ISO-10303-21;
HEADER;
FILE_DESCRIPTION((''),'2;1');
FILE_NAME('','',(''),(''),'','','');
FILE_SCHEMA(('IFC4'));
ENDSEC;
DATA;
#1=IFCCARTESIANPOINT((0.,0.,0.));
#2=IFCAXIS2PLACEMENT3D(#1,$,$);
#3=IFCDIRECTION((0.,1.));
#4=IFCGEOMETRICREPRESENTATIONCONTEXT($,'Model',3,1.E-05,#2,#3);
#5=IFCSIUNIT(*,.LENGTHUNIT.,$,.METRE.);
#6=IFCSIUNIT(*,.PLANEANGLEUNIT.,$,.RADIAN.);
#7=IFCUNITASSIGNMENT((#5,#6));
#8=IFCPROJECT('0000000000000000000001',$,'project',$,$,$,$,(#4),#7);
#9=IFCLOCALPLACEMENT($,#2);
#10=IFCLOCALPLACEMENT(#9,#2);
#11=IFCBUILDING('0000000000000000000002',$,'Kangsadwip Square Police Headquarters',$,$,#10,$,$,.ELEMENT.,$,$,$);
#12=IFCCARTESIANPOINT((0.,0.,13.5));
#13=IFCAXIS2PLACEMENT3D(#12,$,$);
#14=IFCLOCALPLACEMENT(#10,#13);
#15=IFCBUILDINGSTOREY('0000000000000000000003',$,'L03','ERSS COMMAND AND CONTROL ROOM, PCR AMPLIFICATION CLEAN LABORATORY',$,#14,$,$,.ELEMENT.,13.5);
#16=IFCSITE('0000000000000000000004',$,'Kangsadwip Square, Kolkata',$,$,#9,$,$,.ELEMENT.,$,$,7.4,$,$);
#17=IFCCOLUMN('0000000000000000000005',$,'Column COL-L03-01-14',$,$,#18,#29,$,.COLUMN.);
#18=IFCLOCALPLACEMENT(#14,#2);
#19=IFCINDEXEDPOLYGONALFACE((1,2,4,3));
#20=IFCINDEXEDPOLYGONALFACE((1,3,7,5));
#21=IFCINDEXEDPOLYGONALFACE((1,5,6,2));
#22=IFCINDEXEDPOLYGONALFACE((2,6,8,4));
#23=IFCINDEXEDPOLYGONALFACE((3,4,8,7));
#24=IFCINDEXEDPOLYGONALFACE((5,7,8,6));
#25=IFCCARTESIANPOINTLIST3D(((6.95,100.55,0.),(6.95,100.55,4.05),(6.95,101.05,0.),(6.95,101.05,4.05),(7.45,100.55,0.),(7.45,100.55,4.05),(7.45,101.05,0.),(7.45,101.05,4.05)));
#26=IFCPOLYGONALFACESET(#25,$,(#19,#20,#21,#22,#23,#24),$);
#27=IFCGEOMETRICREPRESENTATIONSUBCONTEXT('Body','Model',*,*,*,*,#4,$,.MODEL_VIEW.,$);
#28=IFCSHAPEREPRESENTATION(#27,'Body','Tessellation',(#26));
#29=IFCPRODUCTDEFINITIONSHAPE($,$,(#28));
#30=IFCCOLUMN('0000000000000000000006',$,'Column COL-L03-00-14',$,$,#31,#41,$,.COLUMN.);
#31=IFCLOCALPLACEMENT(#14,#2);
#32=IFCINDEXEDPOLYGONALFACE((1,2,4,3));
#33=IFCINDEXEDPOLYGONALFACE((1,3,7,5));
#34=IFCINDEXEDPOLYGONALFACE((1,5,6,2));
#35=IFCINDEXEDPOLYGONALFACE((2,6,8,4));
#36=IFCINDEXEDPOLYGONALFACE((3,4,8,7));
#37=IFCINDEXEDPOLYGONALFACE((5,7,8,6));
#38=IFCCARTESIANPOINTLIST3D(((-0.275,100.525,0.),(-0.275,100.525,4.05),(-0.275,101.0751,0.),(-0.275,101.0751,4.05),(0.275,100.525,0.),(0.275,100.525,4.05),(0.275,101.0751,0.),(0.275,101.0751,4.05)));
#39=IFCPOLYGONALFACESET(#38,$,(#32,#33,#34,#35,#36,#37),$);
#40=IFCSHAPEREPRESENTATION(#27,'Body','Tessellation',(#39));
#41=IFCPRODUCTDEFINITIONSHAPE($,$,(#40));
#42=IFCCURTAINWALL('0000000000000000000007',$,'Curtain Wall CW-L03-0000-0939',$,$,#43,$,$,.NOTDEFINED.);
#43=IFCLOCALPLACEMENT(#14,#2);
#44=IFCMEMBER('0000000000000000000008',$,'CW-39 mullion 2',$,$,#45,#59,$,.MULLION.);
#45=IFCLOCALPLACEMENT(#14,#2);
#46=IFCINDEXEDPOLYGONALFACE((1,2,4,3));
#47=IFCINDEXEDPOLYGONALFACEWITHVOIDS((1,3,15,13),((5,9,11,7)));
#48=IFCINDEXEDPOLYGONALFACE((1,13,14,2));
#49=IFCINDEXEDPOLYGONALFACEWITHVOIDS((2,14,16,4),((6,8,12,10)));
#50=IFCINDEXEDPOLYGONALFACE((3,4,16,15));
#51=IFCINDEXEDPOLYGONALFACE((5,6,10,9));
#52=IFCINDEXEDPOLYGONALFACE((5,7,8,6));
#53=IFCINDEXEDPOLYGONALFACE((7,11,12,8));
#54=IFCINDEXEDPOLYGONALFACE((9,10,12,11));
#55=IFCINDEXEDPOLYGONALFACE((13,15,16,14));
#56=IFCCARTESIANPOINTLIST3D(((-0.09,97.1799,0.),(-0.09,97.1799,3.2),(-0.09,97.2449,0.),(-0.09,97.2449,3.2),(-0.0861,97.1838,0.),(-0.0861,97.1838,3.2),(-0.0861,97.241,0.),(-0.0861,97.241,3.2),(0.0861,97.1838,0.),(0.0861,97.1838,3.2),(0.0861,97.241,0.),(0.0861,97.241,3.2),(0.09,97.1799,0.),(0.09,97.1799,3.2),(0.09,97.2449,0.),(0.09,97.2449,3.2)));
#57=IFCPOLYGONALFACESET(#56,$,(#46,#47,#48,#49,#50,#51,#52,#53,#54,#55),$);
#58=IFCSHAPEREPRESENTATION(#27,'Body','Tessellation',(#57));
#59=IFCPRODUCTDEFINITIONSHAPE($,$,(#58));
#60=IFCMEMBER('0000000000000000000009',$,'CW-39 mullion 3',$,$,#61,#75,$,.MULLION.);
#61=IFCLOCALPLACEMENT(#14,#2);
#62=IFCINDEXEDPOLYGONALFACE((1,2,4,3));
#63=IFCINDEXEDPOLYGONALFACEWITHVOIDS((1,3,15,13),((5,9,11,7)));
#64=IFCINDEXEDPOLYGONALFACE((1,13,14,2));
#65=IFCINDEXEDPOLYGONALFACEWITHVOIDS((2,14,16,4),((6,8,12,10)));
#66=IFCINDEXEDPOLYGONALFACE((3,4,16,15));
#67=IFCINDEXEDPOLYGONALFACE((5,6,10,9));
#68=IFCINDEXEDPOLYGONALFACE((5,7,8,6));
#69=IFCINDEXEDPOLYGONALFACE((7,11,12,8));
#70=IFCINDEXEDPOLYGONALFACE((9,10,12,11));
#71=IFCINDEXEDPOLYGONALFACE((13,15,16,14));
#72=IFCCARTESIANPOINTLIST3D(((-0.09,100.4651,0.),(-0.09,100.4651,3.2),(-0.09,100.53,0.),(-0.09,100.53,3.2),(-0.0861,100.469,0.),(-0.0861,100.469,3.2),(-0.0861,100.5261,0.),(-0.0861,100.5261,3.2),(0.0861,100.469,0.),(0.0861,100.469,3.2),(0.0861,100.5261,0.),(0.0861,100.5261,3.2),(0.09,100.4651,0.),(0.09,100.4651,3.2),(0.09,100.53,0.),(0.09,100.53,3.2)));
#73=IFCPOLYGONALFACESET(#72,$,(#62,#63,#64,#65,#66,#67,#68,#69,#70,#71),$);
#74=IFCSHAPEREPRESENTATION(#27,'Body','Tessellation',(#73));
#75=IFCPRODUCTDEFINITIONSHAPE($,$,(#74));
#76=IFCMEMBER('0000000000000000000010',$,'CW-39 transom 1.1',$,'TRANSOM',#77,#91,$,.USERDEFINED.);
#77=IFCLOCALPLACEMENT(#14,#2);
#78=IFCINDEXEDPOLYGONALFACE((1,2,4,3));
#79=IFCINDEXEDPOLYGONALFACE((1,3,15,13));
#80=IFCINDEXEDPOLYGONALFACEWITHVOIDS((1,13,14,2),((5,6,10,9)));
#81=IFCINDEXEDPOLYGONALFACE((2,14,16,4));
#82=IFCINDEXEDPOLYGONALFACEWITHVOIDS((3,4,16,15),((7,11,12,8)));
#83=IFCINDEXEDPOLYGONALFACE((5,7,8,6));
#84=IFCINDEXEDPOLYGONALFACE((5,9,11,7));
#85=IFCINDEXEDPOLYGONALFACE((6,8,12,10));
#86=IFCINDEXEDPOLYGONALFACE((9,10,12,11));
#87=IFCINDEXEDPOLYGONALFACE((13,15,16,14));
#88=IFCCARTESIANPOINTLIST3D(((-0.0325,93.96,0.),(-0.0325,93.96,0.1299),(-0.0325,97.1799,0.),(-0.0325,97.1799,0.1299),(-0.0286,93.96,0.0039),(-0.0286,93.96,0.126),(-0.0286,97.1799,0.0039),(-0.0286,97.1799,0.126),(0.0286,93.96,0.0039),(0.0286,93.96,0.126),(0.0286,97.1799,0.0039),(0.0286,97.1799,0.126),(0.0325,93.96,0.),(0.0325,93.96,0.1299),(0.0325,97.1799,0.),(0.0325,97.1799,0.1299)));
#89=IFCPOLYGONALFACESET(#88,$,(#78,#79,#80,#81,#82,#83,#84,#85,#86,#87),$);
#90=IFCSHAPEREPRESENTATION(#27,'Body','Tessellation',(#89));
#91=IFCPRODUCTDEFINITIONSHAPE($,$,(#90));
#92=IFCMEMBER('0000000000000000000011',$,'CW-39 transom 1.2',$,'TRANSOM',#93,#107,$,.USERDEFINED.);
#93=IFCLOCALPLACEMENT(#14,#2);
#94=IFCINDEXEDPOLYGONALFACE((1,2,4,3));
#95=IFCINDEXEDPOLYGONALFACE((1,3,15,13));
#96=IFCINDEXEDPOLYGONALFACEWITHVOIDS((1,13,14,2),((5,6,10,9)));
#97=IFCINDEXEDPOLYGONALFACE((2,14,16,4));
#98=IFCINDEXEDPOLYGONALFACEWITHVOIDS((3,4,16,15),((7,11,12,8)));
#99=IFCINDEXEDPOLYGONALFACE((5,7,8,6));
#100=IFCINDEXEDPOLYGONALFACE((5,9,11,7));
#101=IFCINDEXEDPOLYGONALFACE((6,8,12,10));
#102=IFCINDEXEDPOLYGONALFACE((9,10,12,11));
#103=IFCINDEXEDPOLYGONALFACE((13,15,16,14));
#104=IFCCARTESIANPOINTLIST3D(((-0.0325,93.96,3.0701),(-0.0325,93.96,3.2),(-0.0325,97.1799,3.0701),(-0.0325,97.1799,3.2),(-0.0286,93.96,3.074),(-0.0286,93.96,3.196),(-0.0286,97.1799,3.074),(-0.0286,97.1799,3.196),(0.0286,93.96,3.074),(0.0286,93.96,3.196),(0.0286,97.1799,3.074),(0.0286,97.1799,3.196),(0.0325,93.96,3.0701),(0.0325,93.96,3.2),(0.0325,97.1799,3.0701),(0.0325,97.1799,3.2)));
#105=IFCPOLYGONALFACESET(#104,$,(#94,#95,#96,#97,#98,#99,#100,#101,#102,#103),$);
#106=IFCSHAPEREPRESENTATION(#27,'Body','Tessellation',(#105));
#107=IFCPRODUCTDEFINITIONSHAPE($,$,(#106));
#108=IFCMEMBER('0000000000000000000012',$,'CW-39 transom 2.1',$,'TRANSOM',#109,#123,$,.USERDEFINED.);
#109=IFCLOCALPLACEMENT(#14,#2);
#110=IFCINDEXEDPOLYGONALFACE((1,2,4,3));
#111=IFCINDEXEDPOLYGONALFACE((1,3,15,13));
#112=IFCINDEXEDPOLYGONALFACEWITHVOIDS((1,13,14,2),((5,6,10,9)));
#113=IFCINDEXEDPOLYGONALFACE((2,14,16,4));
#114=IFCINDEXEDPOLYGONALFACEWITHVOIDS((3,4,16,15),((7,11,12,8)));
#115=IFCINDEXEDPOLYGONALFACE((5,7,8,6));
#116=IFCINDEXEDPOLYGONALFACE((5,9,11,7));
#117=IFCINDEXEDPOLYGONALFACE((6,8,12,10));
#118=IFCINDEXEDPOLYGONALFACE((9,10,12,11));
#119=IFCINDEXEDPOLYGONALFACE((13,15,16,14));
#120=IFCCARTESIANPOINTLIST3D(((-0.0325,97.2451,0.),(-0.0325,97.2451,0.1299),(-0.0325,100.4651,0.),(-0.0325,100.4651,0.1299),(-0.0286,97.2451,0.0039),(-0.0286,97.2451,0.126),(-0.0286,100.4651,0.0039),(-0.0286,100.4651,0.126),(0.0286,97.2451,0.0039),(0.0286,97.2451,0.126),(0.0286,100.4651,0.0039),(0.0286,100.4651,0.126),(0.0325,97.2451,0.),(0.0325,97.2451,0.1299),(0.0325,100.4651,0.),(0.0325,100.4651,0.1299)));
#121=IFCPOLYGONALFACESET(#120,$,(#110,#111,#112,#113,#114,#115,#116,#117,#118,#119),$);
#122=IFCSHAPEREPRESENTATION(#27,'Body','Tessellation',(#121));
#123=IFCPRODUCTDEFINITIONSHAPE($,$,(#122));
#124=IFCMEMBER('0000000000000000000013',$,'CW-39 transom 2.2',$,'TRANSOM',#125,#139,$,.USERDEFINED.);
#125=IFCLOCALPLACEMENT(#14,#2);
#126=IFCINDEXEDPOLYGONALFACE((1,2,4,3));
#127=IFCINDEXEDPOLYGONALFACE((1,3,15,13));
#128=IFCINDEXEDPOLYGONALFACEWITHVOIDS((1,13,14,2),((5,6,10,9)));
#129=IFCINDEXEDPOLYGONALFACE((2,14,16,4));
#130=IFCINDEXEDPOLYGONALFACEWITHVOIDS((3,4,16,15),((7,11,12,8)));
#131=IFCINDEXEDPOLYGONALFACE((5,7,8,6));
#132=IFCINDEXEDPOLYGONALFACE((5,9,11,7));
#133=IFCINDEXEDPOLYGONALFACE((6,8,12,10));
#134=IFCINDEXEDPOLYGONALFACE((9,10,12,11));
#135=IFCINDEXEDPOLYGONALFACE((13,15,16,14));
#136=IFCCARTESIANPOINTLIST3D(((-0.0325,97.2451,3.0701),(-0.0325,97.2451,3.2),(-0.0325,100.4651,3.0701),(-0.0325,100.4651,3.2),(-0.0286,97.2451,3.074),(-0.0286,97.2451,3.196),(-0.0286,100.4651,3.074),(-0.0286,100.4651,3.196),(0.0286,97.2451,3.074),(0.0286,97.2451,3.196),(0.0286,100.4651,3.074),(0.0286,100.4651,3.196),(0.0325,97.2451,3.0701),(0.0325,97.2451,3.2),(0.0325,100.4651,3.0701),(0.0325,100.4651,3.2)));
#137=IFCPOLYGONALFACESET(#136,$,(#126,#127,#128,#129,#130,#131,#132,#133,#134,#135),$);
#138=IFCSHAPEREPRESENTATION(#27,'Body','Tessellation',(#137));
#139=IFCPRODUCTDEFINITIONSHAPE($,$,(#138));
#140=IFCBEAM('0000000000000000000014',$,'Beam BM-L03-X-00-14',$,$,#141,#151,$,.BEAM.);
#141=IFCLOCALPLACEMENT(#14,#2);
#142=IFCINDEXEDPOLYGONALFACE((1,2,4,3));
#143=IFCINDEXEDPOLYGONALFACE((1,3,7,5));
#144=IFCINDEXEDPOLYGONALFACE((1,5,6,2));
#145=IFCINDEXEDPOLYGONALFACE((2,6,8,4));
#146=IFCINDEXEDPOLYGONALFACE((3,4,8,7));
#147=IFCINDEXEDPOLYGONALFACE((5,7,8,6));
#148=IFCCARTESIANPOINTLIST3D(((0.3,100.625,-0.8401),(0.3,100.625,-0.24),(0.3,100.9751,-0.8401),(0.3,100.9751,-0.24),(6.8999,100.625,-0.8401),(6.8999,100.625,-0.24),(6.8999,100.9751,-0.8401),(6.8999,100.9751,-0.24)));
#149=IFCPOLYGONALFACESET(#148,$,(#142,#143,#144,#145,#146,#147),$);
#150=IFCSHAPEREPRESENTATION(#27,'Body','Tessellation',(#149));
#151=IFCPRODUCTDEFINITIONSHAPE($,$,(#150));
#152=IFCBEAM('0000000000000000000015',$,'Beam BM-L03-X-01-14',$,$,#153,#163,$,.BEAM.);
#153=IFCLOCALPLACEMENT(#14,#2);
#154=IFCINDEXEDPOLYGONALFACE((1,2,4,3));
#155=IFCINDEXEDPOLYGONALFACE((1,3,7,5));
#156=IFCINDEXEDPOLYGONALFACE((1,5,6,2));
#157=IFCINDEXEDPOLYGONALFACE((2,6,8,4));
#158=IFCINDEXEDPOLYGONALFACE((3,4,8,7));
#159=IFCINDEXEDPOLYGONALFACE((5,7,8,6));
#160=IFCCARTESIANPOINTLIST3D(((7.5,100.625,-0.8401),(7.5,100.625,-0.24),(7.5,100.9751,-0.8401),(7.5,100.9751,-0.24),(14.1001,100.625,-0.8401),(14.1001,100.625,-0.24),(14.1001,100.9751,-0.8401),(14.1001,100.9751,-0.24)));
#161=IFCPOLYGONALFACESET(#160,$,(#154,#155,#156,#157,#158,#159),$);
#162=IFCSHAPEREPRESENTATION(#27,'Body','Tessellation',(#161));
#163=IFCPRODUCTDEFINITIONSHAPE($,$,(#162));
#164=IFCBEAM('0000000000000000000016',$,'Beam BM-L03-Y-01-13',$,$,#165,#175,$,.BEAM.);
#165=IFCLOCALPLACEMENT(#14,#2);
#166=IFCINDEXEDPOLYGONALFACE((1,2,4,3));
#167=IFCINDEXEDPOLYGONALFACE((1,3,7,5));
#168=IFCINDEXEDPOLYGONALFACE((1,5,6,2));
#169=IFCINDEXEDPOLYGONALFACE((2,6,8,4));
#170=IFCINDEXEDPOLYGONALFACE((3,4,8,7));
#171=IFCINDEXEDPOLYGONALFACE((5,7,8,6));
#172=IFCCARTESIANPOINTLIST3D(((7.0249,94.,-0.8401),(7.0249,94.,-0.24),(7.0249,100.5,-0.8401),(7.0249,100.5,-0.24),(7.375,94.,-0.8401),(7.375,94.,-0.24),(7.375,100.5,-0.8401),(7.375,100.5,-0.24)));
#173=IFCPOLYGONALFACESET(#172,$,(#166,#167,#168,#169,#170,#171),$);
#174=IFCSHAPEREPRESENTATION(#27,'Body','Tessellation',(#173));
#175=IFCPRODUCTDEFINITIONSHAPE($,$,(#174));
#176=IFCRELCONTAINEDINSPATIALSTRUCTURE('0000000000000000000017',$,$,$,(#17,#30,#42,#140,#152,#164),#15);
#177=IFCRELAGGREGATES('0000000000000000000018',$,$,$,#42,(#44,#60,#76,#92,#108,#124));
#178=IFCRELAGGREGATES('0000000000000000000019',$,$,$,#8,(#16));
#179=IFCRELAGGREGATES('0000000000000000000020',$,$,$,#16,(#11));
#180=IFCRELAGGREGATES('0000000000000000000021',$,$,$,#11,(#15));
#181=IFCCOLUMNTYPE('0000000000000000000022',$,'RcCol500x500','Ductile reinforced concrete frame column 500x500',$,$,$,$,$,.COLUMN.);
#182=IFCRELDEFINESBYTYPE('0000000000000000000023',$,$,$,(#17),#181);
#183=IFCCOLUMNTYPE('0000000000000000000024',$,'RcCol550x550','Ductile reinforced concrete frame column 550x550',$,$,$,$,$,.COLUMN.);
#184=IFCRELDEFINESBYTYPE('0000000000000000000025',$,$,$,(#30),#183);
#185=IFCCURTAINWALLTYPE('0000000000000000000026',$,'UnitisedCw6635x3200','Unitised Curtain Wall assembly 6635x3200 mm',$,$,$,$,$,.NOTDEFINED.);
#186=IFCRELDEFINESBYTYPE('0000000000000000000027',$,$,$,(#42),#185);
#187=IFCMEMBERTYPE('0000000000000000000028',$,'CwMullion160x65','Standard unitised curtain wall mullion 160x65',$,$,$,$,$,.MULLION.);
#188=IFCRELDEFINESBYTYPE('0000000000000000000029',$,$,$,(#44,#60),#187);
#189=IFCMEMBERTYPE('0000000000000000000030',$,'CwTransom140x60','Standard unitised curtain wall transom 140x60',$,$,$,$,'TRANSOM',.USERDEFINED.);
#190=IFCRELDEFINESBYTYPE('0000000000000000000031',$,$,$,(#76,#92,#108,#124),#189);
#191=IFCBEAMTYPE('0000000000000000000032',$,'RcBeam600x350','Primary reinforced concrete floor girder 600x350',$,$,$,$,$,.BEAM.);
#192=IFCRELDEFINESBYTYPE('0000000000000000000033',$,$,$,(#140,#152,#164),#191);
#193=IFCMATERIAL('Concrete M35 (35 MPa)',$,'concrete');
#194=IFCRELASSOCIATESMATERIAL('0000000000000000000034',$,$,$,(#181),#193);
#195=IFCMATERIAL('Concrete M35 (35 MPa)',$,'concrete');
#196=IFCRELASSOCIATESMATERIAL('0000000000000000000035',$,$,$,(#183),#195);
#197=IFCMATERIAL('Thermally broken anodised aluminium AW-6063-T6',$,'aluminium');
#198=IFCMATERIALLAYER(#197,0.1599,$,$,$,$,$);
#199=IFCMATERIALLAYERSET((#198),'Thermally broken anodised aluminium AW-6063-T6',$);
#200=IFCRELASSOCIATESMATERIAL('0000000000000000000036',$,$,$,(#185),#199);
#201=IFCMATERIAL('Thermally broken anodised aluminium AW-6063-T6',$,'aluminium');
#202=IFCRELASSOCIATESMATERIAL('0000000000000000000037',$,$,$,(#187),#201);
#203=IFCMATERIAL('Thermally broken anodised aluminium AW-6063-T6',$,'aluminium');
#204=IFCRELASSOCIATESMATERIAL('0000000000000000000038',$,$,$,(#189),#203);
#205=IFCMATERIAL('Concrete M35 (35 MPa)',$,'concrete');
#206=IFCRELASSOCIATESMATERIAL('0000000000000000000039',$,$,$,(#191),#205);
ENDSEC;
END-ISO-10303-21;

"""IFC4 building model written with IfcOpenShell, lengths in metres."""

from ifc_helpers import new_model, si_unit, direction, frame, origin, origin_2d, place, context, subcontext, project, spatial, rectangle, hollow_rectangle, extrude, material, layer, layer_set, material_profile, profile_set, type_object, element, aggregate, save


model = new_model("IFC4")

# Units and contexts
model_context = context("Model", 3, precision=1e-05, world=origin(), true_north=direction((0.0, 1.0)))
body_context = subcontext(model_context, "Body", "Model", "MODEL_VIEW")
ifc_project = project(units=[si_unit("LENGTHUNIT", "METRE"), si_unit("PLANEANGLEUNIT", "RADIAN")], contexts=[model_context])

# Site, building, storey
site_placement = place(None, origin())
site = spatial("IfcSite", under=ifc_project, at=site_placement, Name="Kangsadwip Square, Kolkata", CompositionType="ELEMENT", RefElevation=7.4)
building_placement = place(site_placement, origin())
building = spatial("IfcBuilding", under=site, at=building_placement, Name="Kangsadwip Square Police Headquarters", CompositionType="ELEMENT")
storey_placement = place(building_placement, frame((0.0, 0.0, 13.5)))
storey = spatial("IfcBuildingStorey", under=building, at=storey_placement, Name="L03", Description="ERSS COMMAND AND CONTROL ROOM, PCR AMPLIFICATION CLEAN LABORATORY", CompositionType="ELEMENT", Elevation=13.5)

# Columns
ifc_material_1 = material(Name="Concrete M35 (35 MPa)", Category="concrete")
ifc_material_profile_1 = material_profile(ifc_material_1, rectangle(XDim=0.5, YDim=0.5, at=origin_2d()), Name="RC COL 500X500")
ifc_profile_set_1 = profile_set([ifc_material_profile_1], Name="Concrete M35 (35 MPa)")
column_type_1 = type_object("IfcColumnType", Name="RcCol500x500", Description="Ductile reinforced concrete frame column 500x500", PredefinedType="COLUMN", material=ifc_profile_set_1)
column_1_placement = place(storey_placement, frame((7.2, 100.8, 0.0), z_axis=(0.0, 0.0, 1.0), x_axis=(1.0, 0.0, 0.0)))
element("IfcColumn", 1, at=column_1_placement, inside=storey, type_object=column_type_1, Name="Column COL-L03-01-14", PredefinedType="COLUMN", context=body_context, shape_type="SweptSolid", body=[
    extrude(rectangle(XDim=0.5, YDim=0.5, at=origin_2d()), origin(), (0.0, 0.0, 1.0), 4.05),
])
ifc_material_2 = material(Name="Concrete M35 (35 MPa)", Category="concrete")
ifc_material_profile_2 = material_profile(ifc_material_2, rectangle(XDim=0.55, YDim=0.55, at=origin_2d()), Name="RC COL 550X550")
ifc_profile_set_2 = profile_set([ifc_material_profile_2], Name="Concrete M35 (35 MPa)")
column_type_2 = type_object("IfcColumnType", Name="RcCol550x550", Description="Ductile reinforced concrete frame column 550x550", PredefinedType="COLUMN", material=ifc_profile_set_2)
column_2_placement = place(storey_placement, frame((0.0, 100.8, 0.0), z_axis=(0.0, 0.0, 1.0), x_axis=(1.0, 0.0, 0.0)))
element("IfcColumn", 2, at=column_2_placement, inside=storey, type_object=column_type_2, Name="Column COL-L03-00-14", PredefinedType="COLUMN", context=body_context, shape_type="SweptSolid", body=[
    extrude(rectangle(XDim=0.55, YDim=0.55, at=origin_2d()), origin(), (0.0, 0.0, 1.0), 4.05),
])

# Curtain wall, members
ifc_material_3 = material(Name="Thermally broken anodised aluminium AW-6063-T6", Category="aluminium")
ifc_layer_1 = layer(ifc_material_3, 0.1599)
ifc_layer_set_1 = layer_set([ifc_layer_1], Name="Thermally broken anodised aluminium AW-6063-T6")
curtain_wall_type = type_object("IfcCurtainWallType", Name="UnitisedCw6635x3200", Description="Unitised Curtain Wall assembly 6635x3200 mm", PredefinedType="NOTDEFINED", material=ifc_layer_set_1)
curtain_wall_placement = place(storey_placement, origin())
curtain_wall = element("IfcCurtainWall", 3, at=curtain_wall_placement, inside=storey, type_object=curtain_wall_type, Name="Curtain Wall CW-L03-0000-0939", PredefinedType="NOTDEFINED")
ifc_material_4 = material(Name="Thermally broken anodised aluminium AW-6063-T6", Category="aluminium")
ifc_material_profile_3 = material_profile(ifc_material_4, hollow_rectangle(XDim=0.0649, YDim=0.1799, WallThickness=0.0039, at=origin_2d()), Name="CWM 180X65X4")
ifc_profile_set_3 = profile_set([ifc_material_profile_3], Name="Thermally broken anodised aluminium AW-6063-T6")
member_type_1 = type_object("IfcMemberType", Name="CwMullion160x65", Description="Standard unitised curtain wall mullion 160x65", PredefinedType="MULLION", material=ifc_profile_set_3)
member_1_placement = place(storey_placement, frame((0.0, 97.2124, 0.0), z_axis=(0.0, 0.0, 1.0), x_axis=(0.0, 1.0, 0.0)))
member_1 = element("IfcMember", 4, at=member_1_placement, type_object=member_type_1, Name="CW-39 mullion 2", PredefinedType="MULLION", context=body_context, shape_type="SweptSolid", body=[
    extrude(hollow_rectangle(XDim=0.0649, YDim=0.1799, WallThickness=0.0039, at=origin_2d()), origin(), (0.0, 0.0, 1.0), 3.2),
])
member_2_placement = place(storey_placement, frame((0.0, 100.4976, 0.0), z_axis=(0.0, 0.0, 1.0), x_axis=(0.0, 1.0, 0.0)))
member_2 = element("IfcMember", 5, at=member_2_placement, type_object=member_type_1, Name="CW-39 mullion 3", PredefinedType="MULLION", context=body_context, shape_type="SweptSolid", body=[
    extrude(hollow_rectangle(XDim=0.0649, YDim=0.1799, WallThickness=0.0039, at=origin_2d()), origin(), (0.0, 0.0, 1.0), 3.2),
])
ifc_material_5 = material(Name="Thermally broken anodised aluminium AW-6063-T6", Category="aluminium")
ifc_material_profile_4 = material_profile(ifc_material_5, hollow_rectangle(XDim=0.0649, YDim=0.1299, WallThickness=0.0039, at=origin_2d()), Name="CWT 130X65X4")
ifc_profile_set_4 = profile_set([ifc_material_profile_4], Name="Thermally broken anodised aluminium AW-6063-T6")
member_type_2 = type_object("IfcMemberType", Name="CwTransom140x60", Description="Standard unitised curtain wall transom 140x60", ElementType="TRANSOM", PredefinedType="USERDEFINED", material=ifc_profile_set_4)
member_3_placement = place(storey_placement, frame((0.0, 93.96, 0.0649), z_axis=(0.0, 1.0, 0.0), x_axis=(-1.0, 0.0, 0.0)))
member_3 = element("IfcMember", 6, at=member_3_placement, type_object=member_type_2, Name="CW-39 transom 1.1", ObjectType="TRANSOM", PredefinedType="USERDEFINED", context=body_context, shape_type="SweptSolid", body=[
    extrude(hollow_rectangle(XDim=0.0649, YDim=0.1299, WallThickness=0.0039, at=origin_2d()), origin(), (0.0, 0.0, 1.0), 3.22),
])
member_4_placement = place(storey_placement, frame((0.0, 93.96, 3.135), z_axis=(0.0, 1.0, 0.0), x_axis=(-1.0, 0.0, 0.0)))
member_4 = element("IfcMember", 7, at=member_4_placement, type_object=member_type_2, Name="CW-39 transom 1.2", ObjectType="TRANSOM", PredefinedType="USERDEFINED", context=body_context, shape_type="SweptSolid", body=[
    extrude(hollow_rectangle(XDim=0.0649, YDim=0.1299, WallThickness=0.0039, at=origin_2d()), origin(), (0.0, 0.0, 1.0), 3.22),
])
member_5_placement = place(storey_placement, frame((0.0, 97.2451, 0.0649), z_axis=(0.0, 1.0, 0.0), x_axis=(-1.0, 0.0, 0.0)))
member_5 = element("IfcMember", 8, at=member_5_placement, type_object=member_type_2, Name="CW-39 transom 2.1", ObjectType="TRANSOM", PredefinedType="USERDEFINED", context=body_context, shape_type="SweptSolid", body=[
    extrude(hollow_rectangle(XDim=0.0649, YDim=0.1299, WallThickness=0.0039, at=origin_2d()), origin(), (0.0, 0.0, 1.0), 3.22),
])
member_6_placement = place(storey_placement, frame((0.0, 97.2451, 3.135), z_axis=(0.0, 1.0, 0.0), x_axis=(-1.0, 0.0, 0.0)))
member_6 = element("IfcMember", 9, at=member_6_placement, type_object=member_type_2, Name="CW-39 transom 2.2", ObjectType="TRANSOM", PredefinedType="USERDEFINED", context=body_context, shape_type="SweptSolid", body=[
    extrude(hollow_rectangle(XDim=0.0649, YDim=0.1299, WallThickness=0.0039, at=origin_2d()), origin(), (0.0, 0.0, 1.0), 3.22),
])

# Beams
ifc_material_6 = material(Name="Concrete M35 (35 MPa)", Category="concrete")
ifc_material_profile_5 = material_profile(ifc_material_6, rectangle(XDim=0.3501, YDim=0.6001, at=origin_2d()), Name="RC BM 600X350")
ifc_profile_set_5 = profile_set([ifc_material_profile_5], Name="Concrete M35 (35 MPa)")
beam_type_1 = type_object("IfcBeamType", Name="RcBeam600x350", Description="Primary reinforced concrete floor girder 600x350", PredefinedType="BEAM", material=ifc_profile_set_5)
beam_1_placement = place(storey_placement, frame((0.3, 100.8, -0.54), z_axis=(1.0, 0.0, 0.0), x_axis=(0.0, 1.0, 0.0)))
element("IfcBeam", 10, at=beam_1_placement, inside=storey, type_object=beam_type_1, Name="Beam BM-L03-X-00-14", PredefinedType="BEAM", context=body_context, shape_type="SweptSolid", body=[
    extrude(rectangle(XDim=0.3501, YDim=0.6001, at=origin_2d()), origin(), (0.0, 0.0, 1.0), 6.5999),
])
beam_2_placement = place(storey_placement, frame((7.5, 100.8, -0.54), z_axis=(1.0, 0.0, 0.0), x_axis=(0.0, 1.0, 0.0)))
element("IfcBeam", 11, at=beam_2_placement, inside=storey, type_object=beam_type_1, Name="Beam BM-L03-X-01-14", PredefinedType="BEAM", context=body_context, shape_type="SweptSolid", body=[
    extrude(rectangle(XDim=0.3501, YDim=0.6001, at=origin_2d()), origin(), (0.0, 0.0, 1.0), 6.6001),
])
beam_3_placement = place(storey_placement, frame((7.2, 94.0, -0.54), z_axis=(0.0, 1.0, 0.0), x_axis=(-1.0, 0.0, 0.0)))
element("IfcBeam", 12, at=beam_3_placement, inside=storey, type_object=beam_type_1, Name="Beam BM-L03-Y-01-13", PredefinedType="BEAM", context=body_context, shape_type="SweptSolid", body=[
    extrude(rectangle(XDim=0.3501, YDim=0.6001, at=origin_2d()), origin(), (0.0, 0.0, 1.0), 6.5),
])

aggregate(curtain_wall, [member_1, member_2, member_3, member_4, member_5, member_6])

save(model, "model.ifc")
